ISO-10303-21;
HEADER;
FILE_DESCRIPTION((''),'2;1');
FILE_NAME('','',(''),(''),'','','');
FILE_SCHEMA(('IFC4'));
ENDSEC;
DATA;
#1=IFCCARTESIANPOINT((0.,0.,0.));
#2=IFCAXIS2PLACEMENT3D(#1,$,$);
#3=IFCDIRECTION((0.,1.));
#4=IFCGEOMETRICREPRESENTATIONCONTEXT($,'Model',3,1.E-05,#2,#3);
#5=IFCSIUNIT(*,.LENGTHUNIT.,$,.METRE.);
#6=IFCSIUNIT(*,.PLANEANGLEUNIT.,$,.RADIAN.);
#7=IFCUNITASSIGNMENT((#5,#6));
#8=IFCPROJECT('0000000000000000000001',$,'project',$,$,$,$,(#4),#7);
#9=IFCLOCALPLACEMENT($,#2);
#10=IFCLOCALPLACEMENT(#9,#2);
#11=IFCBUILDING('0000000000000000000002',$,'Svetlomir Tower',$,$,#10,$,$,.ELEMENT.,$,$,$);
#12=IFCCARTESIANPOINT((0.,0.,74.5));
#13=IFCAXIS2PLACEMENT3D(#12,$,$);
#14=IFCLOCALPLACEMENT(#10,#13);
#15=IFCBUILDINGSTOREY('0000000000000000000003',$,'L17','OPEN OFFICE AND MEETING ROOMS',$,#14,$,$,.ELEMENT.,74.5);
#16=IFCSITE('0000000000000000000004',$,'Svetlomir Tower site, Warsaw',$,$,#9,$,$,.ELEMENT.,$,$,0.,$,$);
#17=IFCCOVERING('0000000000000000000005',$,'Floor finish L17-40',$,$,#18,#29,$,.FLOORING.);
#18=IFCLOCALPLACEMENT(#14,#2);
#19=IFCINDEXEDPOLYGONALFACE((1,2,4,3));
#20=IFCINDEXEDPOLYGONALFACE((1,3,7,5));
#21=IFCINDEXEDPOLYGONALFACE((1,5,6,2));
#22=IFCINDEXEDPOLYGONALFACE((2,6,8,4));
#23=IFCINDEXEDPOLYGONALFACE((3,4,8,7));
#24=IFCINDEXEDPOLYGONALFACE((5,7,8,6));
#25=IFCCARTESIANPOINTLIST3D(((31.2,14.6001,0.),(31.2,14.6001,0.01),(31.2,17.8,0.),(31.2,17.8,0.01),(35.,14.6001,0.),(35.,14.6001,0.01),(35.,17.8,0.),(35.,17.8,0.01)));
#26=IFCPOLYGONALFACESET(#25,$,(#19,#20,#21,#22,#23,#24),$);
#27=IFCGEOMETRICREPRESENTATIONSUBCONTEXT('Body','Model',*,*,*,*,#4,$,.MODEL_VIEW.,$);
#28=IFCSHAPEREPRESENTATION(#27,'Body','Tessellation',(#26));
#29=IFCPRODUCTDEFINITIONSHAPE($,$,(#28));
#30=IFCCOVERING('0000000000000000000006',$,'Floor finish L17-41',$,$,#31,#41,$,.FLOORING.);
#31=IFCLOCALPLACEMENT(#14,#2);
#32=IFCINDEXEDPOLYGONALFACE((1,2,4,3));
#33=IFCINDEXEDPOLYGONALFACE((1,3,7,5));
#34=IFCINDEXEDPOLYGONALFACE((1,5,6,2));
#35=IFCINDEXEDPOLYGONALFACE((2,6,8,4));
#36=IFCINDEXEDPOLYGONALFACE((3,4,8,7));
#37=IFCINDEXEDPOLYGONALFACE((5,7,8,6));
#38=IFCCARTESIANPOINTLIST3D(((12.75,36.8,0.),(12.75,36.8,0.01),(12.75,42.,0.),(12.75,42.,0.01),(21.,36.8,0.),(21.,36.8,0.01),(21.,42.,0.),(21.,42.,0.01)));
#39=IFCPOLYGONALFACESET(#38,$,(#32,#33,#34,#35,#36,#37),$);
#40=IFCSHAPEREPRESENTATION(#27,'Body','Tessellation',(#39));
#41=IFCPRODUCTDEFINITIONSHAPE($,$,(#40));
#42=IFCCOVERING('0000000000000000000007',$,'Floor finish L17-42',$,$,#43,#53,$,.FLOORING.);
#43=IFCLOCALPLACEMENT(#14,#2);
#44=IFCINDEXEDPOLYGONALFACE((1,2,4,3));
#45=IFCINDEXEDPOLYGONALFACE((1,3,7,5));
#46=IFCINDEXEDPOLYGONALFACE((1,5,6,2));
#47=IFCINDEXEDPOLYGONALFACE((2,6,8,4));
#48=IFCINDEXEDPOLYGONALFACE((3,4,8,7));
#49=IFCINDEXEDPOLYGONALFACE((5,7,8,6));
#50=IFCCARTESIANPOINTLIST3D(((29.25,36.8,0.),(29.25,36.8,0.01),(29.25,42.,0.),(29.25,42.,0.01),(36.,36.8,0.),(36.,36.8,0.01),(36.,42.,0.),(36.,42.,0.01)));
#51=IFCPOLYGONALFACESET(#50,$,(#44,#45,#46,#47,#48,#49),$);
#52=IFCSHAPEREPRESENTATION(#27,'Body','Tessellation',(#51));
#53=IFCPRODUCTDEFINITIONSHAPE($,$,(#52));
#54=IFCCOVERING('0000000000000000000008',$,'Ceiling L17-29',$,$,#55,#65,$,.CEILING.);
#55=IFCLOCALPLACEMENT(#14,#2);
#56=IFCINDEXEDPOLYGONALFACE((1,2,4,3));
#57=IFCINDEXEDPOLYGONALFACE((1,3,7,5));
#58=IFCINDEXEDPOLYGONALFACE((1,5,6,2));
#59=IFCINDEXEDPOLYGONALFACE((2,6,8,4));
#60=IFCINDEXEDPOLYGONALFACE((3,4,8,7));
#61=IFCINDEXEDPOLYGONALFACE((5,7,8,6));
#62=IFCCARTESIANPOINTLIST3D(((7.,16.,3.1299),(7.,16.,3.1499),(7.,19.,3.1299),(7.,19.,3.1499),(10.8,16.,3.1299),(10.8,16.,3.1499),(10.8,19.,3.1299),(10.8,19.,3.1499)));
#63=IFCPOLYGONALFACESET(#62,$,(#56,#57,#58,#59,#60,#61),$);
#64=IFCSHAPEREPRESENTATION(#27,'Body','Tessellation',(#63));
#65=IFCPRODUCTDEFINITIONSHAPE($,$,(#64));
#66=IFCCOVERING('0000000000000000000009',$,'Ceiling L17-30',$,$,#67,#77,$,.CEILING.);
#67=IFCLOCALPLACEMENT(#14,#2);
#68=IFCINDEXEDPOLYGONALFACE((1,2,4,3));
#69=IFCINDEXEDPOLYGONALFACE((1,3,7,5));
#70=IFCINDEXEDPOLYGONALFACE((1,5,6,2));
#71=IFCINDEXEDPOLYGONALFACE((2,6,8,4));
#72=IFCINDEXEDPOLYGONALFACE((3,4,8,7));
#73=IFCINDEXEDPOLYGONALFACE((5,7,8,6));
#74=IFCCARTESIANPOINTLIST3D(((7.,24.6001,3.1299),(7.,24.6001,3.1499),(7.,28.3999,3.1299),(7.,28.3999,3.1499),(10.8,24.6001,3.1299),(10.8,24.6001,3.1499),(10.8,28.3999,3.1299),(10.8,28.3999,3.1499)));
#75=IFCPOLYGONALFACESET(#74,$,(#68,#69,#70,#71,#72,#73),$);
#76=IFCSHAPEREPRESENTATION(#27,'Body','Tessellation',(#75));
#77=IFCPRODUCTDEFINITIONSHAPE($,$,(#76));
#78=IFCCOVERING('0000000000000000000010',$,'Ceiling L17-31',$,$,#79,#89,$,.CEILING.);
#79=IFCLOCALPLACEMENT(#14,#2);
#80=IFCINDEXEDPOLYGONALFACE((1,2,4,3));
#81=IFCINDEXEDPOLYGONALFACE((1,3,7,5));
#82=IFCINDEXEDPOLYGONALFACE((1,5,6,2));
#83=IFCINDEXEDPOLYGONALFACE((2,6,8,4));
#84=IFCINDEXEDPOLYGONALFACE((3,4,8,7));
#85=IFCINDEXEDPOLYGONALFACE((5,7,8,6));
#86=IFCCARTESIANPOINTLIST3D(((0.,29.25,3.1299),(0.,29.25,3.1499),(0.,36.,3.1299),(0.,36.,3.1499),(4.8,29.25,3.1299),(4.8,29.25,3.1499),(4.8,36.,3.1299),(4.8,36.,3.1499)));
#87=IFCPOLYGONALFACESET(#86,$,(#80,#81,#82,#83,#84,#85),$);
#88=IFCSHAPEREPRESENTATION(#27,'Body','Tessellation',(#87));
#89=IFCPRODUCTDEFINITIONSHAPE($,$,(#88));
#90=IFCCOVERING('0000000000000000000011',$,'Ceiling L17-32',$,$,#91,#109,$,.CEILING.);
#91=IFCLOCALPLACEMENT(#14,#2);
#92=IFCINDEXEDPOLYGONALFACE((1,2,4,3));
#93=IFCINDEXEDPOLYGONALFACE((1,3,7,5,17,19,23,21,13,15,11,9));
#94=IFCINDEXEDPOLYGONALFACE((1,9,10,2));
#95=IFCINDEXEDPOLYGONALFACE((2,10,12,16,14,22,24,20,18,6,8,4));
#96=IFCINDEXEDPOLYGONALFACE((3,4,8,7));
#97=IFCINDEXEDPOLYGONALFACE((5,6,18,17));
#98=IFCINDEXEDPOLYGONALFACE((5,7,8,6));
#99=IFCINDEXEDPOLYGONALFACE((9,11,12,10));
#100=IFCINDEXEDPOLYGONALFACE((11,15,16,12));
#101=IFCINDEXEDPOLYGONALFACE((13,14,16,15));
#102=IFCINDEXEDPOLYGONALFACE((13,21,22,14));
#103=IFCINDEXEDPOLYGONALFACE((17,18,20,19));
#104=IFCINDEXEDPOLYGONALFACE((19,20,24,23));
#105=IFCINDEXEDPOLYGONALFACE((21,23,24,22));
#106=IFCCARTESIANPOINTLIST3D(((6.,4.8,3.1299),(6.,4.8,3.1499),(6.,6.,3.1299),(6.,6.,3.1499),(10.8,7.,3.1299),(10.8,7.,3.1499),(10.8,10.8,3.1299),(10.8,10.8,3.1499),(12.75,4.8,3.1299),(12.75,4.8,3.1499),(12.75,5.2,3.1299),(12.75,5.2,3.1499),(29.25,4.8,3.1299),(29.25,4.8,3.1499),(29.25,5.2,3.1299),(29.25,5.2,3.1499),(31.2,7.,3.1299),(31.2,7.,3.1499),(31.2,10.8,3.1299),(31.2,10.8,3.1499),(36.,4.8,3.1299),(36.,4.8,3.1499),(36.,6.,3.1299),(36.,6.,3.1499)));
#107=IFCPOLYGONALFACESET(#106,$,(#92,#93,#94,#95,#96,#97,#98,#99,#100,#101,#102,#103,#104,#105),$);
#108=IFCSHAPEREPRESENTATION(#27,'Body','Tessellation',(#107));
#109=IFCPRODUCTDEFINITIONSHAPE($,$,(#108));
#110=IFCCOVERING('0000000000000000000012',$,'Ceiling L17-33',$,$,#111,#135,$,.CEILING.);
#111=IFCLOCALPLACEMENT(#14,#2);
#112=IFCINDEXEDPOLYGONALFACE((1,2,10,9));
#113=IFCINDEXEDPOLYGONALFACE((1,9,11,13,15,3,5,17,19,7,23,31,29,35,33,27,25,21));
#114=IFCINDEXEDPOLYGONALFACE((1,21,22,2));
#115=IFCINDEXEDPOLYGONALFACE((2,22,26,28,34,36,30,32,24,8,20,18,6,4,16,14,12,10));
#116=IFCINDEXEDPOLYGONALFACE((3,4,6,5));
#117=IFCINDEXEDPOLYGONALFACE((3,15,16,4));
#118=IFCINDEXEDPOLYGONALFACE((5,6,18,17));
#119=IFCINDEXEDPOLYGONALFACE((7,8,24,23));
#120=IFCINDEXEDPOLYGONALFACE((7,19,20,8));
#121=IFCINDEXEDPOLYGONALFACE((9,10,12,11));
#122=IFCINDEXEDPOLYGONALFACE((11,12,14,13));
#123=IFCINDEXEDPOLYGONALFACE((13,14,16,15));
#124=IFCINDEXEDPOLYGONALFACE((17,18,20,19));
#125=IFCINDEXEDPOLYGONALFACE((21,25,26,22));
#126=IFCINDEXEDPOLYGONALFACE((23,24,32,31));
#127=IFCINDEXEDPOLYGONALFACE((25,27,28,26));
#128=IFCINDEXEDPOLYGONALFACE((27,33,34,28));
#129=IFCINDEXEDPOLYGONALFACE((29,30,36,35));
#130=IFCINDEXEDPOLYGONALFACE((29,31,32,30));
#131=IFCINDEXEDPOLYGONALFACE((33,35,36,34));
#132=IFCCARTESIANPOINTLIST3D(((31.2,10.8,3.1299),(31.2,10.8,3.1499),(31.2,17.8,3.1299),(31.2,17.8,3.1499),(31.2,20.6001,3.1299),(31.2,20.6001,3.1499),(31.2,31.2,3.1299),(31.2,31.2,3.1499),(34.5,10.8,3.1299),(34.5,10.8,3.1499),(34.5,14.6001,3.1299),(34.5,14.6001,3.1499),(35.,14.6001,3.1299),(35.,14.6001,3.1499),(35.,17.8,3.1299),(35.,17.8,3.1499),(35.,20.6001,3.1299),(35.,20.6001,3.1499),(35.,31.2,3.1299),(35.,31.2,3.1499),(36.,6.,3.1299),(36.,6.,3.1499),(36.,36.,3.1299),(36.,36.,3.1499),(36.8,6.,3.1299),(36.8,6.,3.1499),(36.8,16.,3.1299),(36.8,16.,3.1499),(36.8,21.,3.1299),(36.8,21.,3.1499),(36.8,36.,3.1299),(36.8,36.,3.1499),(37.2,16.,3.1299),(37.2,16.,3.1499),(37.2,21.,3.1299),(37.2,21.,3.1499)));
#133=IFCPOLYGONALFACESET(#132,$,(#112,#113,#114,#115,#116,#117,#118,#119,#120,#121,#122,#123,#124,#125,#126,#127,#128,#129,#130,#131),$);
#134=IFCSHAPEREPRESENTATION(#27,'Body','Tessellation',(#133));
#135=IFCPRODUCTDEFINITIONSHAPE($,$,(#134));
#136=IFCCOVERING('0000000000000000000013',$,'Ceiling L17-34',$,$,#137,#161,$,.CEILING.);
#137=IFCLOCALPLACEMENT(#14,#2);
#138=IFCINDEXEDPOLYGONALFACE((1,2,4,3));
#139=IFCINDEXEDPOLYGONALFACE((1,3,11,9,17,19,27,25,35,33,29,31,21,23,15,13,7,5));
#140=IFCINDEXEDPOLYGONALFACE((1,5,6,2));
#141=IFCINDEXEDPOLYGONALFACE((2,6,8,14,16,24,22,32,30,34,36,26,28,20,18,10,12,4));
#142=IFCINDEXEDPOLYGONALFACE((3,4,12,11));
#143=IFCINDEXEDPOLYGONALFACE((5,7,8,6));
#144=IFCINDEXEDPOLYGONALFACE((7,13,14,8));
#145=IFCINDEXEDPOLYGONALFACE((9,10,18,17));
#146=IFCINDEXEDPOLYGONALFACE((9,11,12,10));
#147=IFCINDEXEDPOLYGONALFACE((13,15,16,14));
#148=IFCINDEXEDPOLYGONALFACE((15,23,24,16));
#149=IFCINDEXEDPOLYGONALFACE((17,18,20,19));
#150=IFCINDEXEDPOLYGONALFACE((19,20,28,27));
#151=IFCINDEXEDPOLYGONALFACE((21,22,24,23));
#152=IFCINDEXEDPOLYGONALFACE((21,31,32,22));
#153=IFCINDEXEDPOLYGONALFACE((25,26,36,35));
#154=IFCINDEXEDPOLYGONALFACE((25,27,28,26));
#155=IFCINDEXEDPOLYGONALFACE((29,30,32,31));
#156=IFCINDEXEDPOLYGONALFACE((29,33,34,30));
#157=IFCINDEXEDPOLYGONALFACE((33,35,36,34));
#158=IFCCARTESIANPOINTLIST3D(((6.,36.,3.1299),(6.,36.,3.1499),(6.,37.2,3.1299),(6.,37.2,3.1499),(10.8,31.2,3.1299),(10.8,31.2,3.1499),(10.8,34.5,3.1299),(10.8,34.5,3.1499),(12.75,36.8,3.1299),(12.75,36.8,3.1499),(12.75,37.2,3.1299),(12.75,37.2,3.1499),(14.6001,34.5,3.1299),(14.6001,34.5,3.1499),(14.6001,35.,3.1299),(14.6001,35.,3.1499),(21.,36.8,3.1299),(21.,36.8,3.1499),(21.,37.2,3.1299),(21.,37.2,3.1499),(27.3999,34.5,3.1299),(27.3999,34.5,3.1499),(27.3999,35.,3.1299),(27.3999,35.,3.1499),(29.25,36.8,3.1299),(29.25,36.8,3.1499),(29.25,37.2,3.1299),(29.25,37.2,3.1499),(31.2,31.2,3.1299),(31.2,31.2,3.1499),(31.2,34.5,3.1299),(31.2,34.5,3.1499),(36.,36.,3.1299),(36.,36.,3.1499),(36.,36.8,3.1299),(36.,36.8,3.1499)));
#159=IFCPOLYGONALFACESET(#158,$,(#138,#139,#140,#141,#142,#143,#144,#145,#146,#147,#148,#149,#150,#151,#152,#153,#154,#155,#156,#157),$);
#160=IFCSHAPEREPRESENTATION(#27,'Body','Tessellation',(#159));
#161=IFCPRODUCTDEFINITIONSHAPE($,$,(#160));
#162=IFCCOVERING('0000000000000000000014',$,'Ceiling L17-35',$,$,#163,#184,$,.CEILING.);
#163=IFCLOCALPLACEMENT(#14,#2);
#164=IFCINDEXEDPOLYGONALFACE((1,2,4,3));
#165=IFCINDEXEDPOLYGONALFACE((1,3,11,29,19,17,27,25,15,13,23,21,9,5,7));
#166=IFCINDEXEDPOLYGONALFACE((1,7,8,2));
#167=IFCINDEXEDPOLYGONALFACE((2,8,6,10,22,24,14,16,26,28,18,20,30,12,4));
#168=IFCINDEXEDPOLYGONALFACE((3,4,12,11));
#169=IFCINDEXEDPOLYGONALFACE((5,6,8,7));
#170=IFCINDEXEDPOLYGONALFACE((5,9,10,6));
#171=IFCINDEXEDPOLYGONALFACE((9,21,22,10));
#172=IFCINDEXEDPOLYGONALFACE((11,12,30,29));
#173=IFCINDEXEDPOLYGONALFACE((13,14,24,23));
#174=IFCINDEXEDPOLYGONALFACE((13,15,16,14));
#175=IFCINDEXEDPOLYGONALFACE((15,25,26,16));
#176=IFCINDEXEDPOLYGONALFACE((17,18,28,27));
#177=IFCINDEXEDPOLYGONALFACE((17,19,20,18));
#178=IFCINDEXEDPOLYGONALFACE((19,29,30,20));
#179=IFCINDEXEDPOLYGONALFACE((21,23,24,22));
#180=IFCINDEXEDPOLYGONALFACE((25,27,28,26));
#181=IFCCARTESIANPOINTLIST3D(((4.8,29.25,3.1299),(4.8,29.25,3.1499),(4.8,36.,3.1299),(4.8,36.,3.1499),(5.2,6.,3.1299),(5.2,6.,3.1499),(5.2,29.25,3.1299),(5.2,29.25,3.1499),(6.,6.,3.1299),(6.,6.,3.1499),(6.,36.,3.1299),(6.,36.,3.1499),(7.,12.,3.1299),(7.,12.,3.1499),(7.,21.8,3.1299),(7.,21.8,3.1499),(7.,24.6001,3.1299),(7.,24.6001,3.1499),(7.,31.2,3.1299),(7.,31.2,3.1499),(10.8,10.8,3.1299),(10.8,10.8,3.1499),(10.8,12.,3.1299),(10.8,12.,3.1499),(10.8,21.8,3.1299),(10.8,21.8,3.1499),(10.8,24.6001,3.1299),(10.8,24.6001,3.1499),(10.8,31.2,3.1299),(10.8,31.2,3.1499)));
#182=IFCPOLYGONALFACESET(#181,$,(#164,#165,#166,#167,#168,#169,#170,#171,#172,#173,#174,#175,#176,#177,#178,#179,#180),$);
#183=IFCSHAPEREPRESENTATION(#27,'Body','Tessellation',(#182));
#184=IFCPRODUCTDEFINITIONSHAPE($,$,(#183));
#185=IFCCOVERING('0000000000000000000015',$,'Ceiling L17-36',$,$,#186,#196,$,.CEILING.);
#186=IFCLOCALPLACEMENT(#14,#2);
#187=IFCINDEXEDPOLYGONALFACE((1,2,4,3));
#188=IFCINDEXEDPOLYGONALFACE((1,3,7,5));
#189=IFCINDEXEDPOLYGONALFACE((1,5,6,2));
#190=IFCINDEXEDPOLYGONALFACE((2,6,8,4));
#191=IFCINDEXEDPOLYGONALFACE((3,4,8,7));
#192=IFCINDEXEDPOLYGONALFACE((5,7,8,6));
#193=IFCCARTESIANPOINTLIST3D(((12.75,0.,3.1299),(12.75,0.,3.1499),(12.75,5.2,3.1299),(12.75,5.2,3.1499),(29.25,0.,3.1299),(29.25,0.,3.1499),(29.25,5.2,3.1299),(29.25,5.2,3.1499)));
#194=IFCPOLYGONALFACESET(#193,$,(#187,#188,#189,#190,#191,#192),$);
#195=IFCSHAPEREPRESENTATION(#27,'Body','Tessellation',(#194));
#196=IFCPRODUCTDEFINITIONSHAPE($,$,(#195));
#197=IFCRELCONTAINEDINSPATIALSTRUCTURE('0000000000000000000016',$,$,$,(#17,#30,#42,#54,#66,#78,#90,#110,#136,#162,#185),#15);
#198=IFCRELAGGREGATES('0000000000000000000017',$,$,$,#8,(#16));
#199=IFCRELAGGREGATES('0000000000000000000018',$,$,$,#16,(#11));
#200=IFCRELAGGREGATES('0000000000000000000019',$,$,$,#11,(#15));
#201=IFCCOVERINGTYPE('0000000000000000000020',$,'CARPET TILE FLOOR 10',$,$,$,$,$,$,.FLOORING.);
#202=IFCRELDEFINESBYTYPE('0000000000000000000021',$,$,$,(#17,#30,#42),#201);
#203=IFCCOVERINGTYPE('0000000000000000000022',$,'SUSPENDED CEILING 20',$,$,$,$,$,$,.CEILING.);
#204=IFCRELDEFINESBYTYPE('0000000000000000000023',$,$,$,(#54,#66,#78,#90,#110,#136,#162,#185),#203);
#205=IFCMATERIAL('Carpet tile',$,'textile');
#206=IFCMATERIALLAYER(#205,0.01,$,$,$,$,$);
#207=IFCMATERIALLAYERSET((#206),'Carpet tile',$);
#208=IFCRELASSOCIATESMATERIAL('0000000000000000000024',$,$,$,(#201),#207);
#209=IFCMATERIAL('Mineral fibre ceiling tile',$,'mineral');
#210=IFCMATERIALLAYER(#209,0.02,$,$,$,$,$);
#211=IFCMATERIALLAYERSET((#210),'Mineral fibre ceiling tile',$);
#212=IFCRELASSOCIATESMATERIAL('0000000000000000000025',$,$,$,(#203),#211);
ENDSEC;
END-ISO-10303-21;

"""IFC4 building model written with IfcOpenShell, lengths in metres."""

from ifc_helpers import new_model, si_unit, direction, frame, origin, place, context, subcontext, project, spatial, polyline, outline, extrude, material, layer, layer_set, type_object, element, save


model = new_model("IFC4")

# Units and contexts
model_context = context("Model", 3, precision=1e-05, world=origin(), true_north=direction((0.0, 1.0)))
body_context = subcontext(model_context, "Body", "Model", "MODEL_VIEW")
ifc_project = project(units=[si_unit("LENGTHUNIT", "METRE"), si_unit("PLANEANGLEUNIT", "RADIAN")], contexts=[model_context])

# Site, building, storey
site_placement = place(None, origin())
site = spatial("IfcSite", under=ifc_project, at=site_placement, Name="Svetlomir Tower site, Warsaw", CompositionType="ELEMENT", RefElevation=0.0)
building_placement = place(site_placement, origin())
building = spatial("IfcBuilding", under=site, at=building_placement, Name="Svetlomir Tower", CompositionType="ELEMENT")
storey_placement = place(building_placement, frame((0.0, 0.0, 74.5)))
storey = spatial("IfcBuildingStorey", under=building, at=storey_placement, Name="L17", Description="OPEN OFFICE AND MEETING ROOMS", CompositionType="ELEMENT", Elevation=74.5)

# Coverings
ifc_material_1 = material(Name="Carpet tile", Category="textile")
ifc_layer_1 = layer(ifc_material_1, 0.01)
ifc_layer_set_1 = layer_set([ifc_layer_1], Name="Carpet tile")
covering_type_1 = type_object("IfcCoveringType", Name="CARPET TILE FLOOR 10", PredefinedType="FLOORING", material=ifc_layer_set_1)
covering_1_placement = place(storey_placement, origin())
element("IfcCovering", 1, at=covering_1_placement, inside=storey, type_object=covering_type_1, Name="Floor finish L17-40", PredefinedType="FLOORING", context=body_context, shape_type="SweptSolid", body=[
    extrude(outline(polyline([(31.2, 14.6001), (31.2, 17.8), (35.0, 17.8), (35.0, 14.6001), (31.2, 14.6001)])), origin(), (0.0, 0.0, 1.0), 0.01),
])
covering_2_placement = place(storey_placement, origin())
element("IfcCovering", 2, at=covering_2_placement, inside=storey, type_object=covering_type_1, Name="Floor finish L17-41", PredefinedType="FLOORING", context=body_context, shape_type="SweptSolid", body=[
    extrude(outline(polyline([(21.0, 42.0), (21.0, 36.8), (12.75, 36.8), (12.75, 42.0), (21.0, 42.0)])), origin(), (0.0, 0.0, 1.0), 0.01),
])
covering_3_placement = place(storey_placement, origin())
element("IfcCovering", 3, at=covering_3_placement, inside=storey, type_object=covering_type_1, Name="Floor finish L17-42", PredefinedType="FLOORING", context=body_context, shape_type="SweptSolid", body=[
    extrude(outline(polyline([(36.0, 42.0), (36.0, 36.8), (29.25, 36.8), (29.25, 42.0), (36.0, 42.0)])), origin(), (0.0, 0.0, 1.0), 0.01),
])
ifc_material_2 = material(Name="Mineral fibre ceiling tile", Category="mineral")
ifc_layer_2 = layer(ifc_material_2, 0.02)
ifc_layer_set_2 = layer_set([ifc_layer_2], Name="Mineral fibre ceiling tile")
covering_type_2 = type_object("IfcCoveringType", Name="SUSPENDED CEILING 20", PredefinedType="CEILING", material=ifc_layer_set_2)
covering_4_placement = place(storey_placement, frame((0.0, 0.0, 3.1299)))
element("IfcCovering", 4, at=covering_4_placement, inside=storey, type_object=covering_type_2, Name="Ceiling L17-29", PredefinedType="CEILING", context=body_context, shape_type="SweptSolid", body=[
    extrude(outline(polyline([(7.0, 16.0), (10.8, 16.0), (10.8, 19.0), (7.0, 19.0), (7.0, 16.0)])), origin(), (0.0, 0.0, 1.0), 0.02),
])
covering_5_placement = place(storey_placement, frame((0.0, 0.0, 3.1299)))
element("IfcCovering", 5, at=covering_5_placement, inside=storey, type_object=covering_type_2, Name="Ceiling L17-30", PredefinedType="CEILING", context=body_context, shape_type="SweptSolid", body=[
    extrude(outline(polyline([(7.0, 24.6001), (10.8, 24.6001), (10.8, 28.3999), (7.0, 28.3999), (7.0, 24.6001)])), origin(), (0.0, 0.0, 1.0), 0.02),
])
covering_6_placement = place(storey_placement, frame((0.0, 0.0, 3.1299)))
element("IfcCovering", 6, at=covering_6_placement, inside=storey, type_object=covering_type_2, Name="Ceiling L17-31", PredefinedType="CEILING", context=body_context, shape_type="SweptSolid", body=[
    extrude(outline(polyline([(0.0, 29.25), (4.8, 29.25), (4.8, 36.0), (0.0, 36.0), (0.0, 29.25)])), origin(), (0.0, 0.0, 1.0), 0.02),
])
covering_7_placement = place(storey_placement, frame((0.0, 0.0, 3.1299)))
element("IfcCovering", 7, at=covering_7_placement, inside=storey, type_object=covering_type_2, Name="Ceiling L17-32", PredefinedType="CEILING", context=body_context, shape_type="SweptSolid", body=[
    extrude(outline(polyline([(6.0, 6.0), (10.8, 10.8), (10.8, 7.0), (31.2, 7.0), (31.2, 10.8), (36.0, 6.0), (36.0, 4.8), (29.25, 4.8), (29.25, 5.2), (12.75, 5.2), (12.75, 4.8), (6.0, 4.8), (6.0, 6.0)])), origin(), (0.0, 0.0, 1.0), 0.02),
])
covering_8_placement = place(storey_placement, frame((0.0, 0.0, 3.1299)))
element("IfcCovering", 8, at=covering_8_placement, inside=storey, type_object=covering_type_2, Name="Ceiling L17-33", PredefinedType="CEILING", context=body_context, shape_type="SweptSolid", body=[
    extrude(outline(polyline([(31.2, 20.6001), (35.0, 20.6001), (35.0, 31.2), (31.2, 31.2), (36.0, 36.0), (36.8, 36.0), (36.8, 21.0), (37.2, 21.0), (37.2, 16.0), (36.8, 16.0), (36.8, 6.0), (36.0, 6.0), (31.2, 10.8), (34.5, 10.8), (34.5, 14.6001), (35.0, 14.6001), (35.0, 17.8), (31.2, 17.8), (31.2, 20.6001)])), origin(), (0.0, 0.0, 1.0), 0.02),
])
covering_9_placement = place(storey_placement, frame((0.0, 0.0, 3.1299)))
element("IfcCovering", 9, at=covering_9_placement, inside=storey, type_object=covering_type_2, Name="Ceiling L17-34", PredefinedType="CEILING", context=body_context, shape_type="SweptSolid", body=[
    extrude(outline(polyline([(6.0, 37.2), (12.75, 37.2), (12.75, 36.8), (21.0, 36.8), (21.0, 37.2), (29.25, 37.2), (29.25, 36.8), (36.0, 36.8), (36.0, 36.0), (31.2, 31.2), (31.2, 34.5), (27.3999, 34.5), (27.3999, 35.0), (14.6001, 35.0), (14.6001, 34.5), (10.8, 34.5), (10.8, 31.2), (6.0, 36.0), (6.0, 37.2)])), origin(), (0.0, 0.0, 1.0), 0.02),
])
covering_10_placement = place(storey_placement, frame((0.0, 0.0, 3.1299)))
element("IfcCovering", 10, at=covering_10_placement, inside=storey, type_object=covering_type_2, Name="Ceiling L17-35", PredefinedType="CEILING", context=body_context, shape_type="SweptSolid", body=[
    extrude(outline(polyline([(5.2, 6.0), (5.2, 29.25), (4.8, 29.25), (4.8, 36.0), (6.0, 36.0), (10.8, 31.2), (7.0, 31.2), (7.0, 24.6001), (10.8, 24.6001), (10.8, 21.8), (7.0, 21.8), (7.0, 12.0), (10.8, 12.0), (10.8, 10.8), (6.0, 6.0), (5.2, 6.0)])), origin(), (0.0, 0.0, 1.0), 0.02),
])
covering_11_placement = place(storey_placement, frame((0.0, 0.0, 3.1299)))
element("IfcCovering", 11, at=covering_11_placement, inside=storey, type_object=covering_type_2, Name="Ceiling L17-36", PredefinedType="CEILING", context=body_context, shape_type="SweptSolid", body=[
    extrude(outline(polyline([(12.75, 5.2), (29.25, 5.2), (29.25, 0.0), (12.75, 0.0), (12.75, 5.2)])), origin(), (0.0, 0.0, 1.0), 0.02),
])

save(model, "model.ifc")
